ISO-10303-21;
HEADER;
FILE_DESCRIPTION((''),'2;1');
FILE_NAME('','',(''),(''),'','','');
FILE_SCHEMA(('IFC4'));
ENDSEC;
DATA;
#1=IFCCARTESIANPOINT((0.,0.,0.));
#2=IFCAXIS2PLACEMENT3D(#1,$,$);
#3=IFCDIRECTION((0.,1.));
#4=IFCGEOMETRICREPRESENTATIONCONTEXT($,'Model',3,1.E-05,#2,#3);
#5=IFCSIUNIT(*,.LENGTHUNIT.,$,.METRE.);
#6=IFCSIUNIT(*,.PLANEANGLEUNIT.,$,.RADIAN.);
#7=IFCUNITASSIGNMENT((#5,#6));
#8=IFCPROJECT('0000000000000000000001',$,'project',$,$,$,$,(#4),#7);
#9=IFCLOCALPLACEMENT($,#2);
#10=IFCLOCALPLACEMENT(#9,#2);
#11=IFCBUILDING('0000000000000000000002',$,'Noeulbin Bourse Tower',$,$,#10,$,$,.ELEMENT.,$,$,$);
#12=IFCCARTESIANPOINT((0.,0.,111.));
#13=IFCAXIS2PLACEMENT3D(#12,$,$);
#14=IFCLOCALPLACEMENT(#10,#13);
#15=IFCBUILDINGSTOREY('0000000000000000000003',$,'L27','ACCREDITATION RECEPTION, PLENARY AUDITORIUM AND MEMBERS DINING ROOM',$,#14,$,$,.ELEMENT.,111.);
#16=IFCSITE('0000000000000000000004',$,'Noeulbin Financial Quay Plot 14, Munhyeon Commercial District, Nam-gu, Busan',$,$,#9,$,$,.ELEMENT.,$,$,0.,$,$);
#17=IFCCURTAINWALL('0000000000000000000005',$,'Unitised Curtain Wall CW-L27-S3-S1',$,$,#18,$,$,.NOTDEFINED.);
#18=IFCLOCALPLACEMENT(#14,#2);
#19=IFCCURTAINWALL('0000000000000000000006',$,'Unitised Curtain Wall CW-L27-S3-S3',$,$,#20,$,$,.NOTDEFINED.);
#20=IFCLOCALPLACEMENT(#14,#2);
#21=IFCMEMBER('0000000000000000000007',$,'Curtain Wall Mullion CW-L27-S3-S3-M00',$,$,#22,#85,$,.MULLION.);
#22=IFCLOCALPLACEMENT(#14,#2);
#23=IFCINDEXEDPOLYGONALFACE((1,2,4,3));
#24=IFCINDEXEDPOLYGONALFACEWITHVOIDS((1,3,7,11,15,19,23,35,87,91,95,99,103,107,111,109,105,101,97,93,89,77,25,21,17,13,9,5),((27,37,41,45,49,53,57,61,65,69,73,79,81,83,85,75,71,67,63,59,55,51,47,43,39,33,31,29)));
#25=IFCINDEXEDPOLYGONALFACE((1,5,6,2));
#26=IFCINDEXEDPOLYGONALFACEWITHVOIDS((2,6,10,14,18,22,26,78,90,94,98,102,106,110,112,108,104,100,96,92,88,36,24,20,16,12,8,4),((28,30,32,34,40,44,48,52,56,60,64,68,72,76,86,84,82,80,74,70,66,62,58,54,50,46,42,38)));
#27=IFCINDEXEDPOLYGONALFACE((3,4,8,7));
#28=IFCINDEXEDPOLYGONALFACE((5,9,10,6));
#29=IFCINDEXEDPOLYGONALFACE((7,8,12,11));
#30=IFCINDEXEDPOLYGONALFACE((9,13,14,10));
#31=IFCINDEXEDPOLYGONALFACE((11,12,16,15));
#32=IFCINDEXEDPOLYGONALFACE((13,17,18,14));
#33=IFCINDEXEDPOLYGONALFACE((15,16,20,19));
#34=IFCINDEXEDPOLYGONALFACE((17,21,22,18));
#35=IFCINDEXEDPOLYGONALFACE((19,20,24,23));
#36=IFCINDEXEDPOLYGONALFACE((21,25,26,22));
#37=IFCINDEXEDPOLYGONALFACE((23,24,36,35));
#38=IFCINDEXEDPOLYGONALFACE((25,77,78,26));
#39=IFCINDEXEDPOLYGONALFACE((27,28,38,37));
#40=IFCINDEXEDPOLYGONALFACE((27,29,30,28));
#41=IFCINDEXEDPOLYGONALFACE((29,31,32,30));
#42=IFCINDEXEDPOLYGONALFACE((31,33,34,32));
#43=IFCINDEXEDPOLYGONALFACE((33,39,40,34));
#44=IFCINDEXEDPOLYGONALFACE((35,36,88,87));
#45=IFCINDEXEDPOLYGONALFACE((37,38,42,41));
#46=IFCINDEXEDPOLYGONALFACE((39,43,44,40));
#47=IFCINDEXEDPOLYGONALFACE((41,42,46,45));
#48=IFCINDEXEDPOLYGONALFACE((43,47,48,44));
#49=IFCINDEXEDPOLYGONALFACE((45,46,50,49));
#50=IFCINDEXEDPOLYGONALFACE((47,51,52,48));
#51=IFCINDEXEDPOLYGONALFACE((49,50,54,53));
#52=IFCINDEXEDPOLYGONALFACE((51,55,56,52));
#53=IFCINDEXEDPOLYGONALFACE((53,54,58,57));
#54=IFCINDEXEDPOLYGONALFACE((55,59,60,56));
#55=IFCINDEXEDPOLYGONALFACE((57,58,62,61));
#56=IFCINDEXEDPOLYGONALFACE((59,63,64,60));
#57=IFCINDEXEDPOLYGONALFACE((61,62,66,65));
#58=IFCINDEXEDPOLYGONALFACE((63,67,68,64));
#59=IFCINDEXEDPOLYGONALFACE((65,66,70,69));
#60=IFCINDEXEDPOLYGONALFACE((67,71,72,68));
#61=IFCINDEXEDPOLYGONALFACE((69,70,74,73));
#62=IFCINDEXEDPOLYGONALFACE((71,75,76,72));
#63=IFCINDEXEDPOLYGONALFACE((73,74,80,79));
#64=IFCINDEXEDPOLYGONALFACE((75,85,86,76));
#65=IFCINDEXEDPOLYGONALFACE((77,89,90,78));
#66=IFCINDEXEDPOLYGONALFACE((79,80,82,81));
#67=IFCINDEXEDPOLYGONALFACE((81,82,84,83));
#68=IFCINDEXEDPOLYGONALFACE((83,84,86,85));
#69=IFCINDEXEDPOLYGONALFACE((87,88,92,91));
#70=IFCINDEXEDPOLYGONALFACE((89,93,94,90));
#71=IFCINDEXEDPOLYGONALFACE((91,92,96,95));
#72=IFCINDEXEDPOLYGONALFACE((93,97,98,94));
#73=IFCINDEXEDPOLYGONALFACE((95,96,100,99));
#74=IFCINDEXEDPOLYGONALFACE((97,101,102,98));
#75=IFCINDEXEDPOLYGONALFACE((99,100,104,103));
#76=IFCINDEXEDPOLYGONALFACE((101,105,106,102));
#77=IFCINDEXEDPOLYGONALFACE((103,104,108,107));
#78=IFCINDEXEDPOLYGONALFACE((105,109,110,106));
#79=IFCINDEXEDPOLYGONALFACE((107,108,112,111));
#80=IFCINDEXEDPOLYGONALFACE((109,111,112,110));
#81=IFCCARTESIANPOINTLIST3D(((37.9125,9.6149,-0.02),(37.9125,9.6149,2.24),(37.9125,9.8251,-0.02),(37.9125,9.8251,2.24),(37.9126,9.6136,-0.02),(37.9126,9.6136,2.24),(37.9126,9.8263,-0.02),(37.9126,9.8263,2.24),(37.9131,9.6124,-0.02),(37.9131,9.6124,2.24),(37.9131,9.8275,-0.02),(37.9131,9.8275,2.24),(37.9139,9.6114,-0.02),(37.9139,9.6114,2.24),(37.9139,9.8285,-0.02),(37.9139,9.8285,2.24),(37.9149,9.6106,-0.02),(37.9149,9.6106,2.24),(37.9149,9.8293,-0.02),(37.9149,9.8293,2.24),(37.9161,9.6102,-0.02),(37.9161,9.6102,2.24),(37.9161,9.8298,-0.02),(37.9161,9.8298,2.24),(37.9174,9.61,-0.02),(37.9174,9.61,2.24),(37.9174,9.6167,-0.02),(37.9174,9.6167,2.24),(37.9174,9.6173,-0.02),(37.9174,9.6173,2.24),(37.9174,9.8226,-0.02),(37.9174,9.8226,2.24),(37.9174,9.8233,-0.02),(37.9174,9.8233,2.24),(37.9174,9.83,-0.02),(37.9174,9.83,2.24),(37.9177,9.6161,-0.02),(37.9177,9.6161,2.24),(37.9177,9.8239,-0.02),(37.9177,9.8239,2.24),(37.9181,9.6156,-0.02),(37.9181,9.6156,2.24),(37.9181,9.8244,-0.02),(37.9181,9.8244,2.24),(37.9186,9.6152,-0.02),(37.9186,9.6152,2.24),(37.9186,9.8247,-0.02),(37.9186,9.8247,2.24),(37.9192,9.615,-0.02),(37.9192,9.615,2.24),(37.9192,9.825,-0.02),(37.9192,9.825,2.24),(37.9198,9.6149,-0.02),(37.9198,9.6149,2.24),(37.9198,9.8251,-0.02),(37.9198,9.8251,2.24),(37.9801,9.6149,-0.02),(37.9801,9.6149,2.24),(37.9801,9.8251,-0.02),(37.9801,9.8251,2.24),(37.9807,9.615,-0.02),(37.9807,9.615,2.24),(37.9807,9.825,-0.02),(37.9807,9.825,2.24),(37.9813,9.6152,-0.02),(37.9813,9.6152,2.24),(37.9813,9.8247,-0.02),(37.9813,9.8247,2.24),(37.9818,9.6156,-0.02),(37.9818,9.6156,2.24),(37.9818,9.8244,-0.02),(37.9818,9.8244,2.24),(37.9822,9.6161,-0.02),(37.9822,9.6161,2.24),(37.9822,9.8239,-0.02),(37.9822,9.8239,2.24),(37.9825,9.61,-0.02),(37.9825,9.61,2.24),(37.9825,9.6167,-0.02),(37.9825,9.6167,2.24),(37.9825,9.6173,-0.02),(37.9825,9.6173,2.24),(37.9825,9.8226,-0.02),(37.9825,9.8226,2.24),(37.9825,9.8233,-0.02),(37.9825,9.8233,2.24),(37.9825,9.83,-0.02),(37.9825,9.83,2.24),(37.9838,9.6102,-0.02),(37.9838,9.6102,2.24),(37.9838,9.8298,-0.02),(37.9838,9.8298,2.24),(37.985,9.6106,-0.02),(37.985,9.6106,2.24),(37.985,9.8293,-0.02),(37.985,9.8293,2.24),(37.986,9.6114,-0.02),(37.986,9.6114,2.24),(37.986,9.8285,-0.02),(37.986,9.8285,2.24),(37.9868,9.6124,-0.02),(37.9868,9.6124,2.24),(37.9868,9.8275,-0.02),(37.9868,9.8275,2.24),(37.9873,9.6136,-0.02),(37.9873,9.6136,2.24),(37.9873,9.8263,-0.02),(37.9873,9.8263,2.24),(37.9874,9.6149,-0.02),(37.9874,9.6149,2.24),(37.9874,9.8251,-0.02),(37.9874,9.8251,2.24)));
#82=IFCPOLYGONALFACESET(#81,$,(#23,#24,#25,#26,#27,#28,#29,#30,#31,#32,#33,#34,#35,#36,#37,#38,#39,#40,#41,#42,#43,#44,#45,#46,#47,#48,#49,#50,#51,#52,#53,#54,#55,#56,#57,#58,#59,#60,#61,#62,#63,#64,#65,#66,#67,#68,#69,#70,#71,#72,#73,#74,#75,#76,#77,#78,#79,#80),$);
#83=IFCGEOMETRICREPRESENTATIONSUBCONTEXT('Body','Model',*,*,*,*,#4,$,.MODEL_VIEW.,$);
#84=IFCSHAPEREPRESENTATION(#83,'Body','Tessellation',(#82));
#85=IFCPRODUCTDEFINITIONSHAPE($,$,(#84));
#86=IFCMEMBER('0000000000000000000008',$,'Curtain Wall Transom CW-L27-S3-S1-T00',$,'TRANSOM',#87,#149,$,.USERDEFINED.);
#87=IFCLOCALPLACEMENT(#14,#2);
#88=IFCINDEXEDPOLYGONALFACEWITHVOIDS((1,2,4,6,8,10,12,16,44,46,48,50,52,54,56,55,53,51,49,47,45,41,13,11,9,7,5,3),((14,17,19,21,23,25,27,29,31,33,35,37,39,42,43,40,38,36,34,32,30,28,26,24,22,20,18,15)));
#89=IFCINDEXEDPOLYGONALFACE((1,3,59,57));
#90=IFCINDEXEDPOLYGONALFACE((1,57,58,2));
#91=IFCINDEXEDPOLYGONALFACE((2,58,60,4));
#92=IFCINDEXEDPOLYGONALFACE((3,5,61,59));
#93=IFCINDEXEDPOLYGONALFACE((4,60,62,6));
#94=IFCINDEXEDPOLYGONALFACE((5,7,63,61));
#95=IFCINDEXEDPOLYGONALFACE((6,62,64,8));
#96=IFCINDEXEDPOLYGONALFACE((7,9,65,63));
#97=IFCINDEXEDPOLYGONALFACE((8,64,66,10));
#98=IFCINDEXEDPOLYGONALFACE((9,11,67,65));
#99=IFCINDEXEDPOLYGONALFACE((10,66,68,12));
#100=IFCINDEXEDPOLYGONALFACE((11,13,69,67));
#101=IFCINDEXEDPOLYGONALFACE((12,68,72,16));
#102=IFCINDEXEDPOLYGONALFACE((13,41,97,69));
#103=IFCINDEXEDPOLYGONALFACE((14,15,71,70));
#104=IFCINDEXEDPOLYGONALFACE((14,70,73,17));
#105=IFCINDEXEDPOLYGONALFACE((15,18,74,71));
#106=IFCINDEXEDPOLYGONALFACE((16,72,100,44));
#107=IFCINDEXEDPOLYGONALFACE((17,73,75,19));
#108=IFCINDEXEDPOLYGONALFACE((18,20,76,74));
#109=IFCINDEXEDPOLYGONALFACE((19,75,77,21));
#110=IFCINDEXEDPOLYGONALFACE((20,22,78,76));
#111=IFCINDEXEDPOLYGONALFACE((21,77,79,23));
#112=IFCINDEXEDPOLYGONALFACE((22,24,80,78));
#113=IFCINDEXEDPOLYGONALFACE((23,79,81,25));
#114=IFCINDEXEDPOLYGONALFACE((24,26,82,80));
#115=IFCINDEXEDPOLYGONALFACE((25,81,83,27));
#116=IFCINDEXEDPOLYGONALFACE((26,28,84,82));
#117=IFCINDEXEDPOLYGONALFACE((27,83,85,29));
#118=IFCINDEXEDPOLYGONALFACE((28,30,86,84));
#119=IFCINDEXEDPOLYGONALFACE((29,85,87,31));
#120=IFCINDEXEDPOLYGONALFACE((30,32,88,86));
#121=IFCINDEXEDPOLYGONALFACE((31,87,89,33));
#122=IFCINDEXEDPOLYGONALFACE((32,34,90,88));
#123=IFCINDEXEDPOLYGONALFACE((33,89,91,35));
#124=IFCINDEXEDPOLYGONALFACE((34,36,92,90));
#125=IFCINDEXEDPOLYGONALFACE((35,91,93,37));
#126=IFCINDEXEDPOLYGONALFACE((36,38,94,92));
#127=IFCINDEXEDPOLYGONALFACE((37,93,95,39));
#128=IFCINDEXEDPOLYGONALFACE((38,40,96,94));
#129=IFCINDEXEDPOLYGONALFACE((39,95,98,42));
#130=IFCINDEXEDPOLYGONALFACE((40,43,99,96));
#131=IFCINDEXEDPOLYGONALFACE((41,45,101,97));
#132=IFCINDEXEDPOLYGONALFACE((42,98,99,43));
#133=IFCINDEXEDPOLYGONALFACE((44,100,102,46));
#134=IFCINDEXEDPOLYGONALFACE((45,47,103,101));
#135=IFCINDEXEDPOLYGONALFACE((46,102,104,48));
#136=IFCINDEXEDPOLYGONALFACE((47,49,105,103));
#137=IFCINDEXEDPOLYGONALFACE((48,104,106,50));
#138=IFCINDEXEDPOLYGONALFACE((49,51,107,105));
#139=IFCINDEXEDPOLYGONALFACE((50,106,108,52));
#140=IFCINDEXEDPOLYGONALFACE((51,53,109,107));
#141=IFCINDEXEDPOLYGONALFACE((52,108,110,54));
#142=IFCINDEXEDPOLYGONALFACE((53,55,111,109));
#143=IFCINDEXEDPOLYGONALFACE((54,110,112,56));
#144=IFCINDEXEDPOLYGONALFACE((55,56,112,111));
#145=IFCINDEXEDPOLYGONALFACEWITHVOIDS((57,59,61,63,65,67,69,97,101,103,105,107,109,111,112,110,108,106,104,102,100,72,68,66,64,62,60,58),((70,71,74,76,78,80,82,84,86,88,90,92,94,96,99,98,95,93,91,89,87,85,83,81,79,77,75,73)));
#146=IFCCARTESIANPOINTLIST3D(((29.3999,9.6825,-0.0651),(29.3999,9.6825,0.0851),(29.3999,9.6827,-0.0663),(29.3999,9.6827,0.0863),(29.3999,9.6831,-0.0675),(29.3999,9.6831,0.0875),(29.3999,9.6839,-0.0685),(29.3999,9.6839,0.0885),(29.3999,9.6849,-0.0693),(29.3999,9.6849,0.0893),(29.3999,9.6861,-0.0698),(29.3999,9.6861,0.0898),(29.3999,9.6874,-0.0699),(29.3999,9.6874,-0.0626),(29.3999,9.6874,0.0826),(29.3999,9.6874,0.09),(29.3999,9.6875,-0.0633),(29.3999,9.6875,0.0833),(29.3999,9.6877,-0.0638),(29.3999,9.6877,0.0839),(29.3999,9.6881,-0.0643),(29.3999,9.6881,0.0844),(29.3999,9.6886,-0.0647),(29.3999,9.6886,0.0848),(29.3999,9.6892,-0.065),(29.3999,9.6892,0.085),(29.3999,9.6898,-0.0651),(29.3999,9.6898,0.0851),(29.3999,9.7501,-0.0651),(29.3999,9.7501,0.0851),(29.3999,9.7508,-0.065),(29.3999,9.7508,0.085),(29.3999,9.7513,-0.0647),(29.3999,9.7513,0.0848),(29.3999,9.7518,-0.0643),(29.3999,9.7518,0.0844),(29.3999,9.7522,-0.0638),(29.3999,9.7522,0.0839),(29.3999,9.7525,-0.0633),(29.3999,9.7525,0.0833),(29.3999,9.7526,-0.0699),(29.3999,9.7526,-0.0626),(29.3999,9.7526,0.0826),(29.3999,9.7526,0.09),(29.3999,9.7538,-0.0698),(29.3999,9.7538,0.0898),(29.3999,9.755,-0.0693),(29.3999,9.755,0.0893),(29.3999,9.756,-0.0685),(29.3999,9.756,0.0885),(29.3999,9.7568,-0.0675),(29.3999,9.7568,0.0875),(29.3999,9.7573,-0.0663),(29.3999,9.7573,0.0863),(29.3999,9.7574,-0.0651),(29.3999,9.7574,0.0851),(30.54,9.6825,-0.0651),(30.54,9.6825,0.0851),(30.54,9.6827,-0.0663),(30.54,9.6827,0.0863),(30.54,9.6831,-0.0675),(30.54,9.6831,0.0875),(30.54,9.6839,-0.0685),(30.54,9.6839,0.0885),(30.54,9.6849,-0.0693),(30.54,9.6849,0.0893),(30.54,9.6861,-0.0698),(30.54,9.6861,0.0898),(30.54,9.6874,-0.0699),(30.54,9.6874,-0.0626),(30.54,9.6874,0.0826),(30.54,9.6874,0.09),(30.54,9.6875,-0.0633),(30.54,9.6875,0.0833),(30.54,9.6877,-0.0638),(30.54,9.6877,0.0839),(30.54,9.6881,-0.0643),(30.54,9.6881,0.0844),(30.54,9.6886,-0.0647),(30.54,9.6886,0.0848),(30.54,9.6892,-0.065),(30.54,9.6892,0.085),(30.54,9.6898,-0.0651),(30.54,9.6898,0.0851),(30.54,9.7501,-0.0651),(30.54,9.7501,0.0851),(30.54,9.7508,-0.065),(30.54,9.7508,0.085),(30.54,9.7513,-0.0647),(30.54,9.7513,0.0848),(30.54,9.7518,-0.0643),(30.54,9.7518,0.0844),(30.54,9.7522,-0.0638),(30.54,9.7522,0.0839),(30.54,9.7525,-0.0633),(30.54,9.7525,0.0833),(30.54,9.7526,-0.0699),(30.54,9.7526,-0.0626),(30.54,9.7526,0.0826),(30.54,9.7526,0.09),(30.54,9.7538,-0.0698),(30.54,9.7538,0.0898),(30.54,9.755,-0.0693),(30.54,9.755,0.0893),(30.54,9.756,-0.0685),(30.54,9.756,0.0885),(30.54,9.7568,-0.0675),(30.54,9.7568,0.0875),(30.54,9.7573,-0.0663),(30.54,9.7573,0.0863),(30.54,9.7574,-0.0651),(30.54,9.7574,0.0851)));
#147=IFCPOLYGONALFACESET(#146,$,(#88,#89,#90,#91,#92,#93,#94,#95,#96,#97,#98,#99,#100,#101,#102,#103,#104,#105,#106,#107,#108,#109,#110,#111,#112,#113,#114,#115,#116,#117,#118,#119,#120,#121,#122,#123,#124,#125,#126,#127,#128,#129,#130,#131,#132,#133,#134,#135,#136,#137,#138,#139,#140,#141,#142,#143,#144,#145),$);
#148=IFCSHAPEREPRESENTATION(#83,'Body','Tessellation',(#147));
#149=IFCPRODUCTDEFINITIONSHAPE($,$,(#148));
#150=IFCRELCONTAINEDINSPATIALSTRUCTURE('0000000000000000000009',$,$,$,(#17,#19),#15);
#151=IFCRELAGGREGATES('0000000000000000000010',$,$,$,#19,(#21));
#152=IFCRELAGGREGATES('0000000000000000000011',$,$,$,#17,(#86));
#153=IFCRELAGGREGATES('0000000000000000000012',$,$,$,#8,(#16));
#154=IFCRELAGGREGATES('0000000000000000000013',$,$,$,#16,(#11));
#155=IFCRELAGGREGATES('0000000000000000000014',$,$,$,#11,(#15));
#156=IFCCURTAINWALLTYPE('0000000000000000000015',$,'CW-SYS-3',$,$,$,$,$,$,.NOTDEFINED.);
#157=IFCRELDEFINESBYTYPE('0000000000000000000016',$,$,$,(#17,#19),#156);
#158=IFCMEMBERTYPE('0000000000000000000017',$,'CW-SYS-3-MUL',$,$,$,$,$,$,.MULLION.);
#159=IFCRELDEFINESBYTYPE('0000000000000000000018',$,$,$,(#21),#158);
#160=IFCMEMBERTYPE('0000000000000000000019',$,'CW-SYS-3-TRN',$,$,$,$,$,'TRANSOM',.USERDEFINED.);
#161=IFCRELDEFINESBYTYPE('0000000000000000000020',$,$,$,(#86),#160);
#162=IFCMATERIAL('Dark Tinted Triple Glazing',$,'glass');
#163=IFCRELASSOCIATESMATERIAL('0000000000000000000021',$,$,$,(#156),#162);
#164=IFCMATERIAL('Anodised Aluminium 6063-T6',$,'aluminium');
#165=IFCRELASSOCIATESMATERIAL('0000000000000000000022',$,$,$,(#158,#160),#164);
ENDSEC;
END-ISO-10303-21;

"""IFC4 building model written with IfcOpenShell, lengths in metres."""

from ifc_helpers import new_model, si_unit, direction, frame, origin, origin_2d, place, context, subcontext, project, spatial, hollow_rectangle, extrude, material, material_profile, profile_set, type_object, element, aggregate, save


model = new_model("IFC4")

# Units and contexts
model_context = context("Model", 3, precision=1e-05, world=origin(), true_north=direction((0.0, 1.0)))
body_context = subcontext(model_context, "Body", "Model", "MODEL_VIEW")
ifc_project = project(units=[si_unit("LENGTHUNIT", "METRE"), si_unit("PLANEANGLEUNIT", "RADIAN")], contexts=[model_context])

# Site, building, storey
site_placement = place(None, origin())
site = spatial("IfcSite", under=ifc_project, at=site_placement, Name="Noeulbin Financial Quay Plot 14, Munhyeon Commercial District, Nam-gu, Busan", CompositionType="ELEMENT", RefElevation=0.0)
building_placement = place(site_placement, origin())
building = spatial("IfcBuilding", under=site, at=building_placement, Name="Noeulbin Bourse Tower", CompositionType="ELEMENT")
storey_placement = place(building_placement, frame((0.0, 0.0, 111.0)))
storey = spatial("IfcBuildingStorey", under=building, at=storey_placement, Name="L27", Description="ACCREDITATION RECEPTION, PLENARY AUDITORIUM AND MEMBERS DINING ROOM", CompositionType="ELEMENT", Elevation=111.0)

# Curtain wall
ifc_material_1 = material(Name="Dark Tinted Triple Glazing", Category="glass")
curtain_wall_type = type_object("IfcCurtainWallType", Name="CW-SYS-3", PredefinedType="NOTDEFINED", material=ifc_material_1)
curtain_wall_1_placement = place(storey_placement, origin())
curtain_wall_1 = element("IfcCurtainWall", 1, at=curtain_wall_1_placement, inside=storey, type_object=curtain_wall_type, Name="Unitised Curtain Wall CW-L27-S3-S1", PredefinedType="NOTDEFINED")
ifc_material_2 = material(Name="Anodised Aluminium 6063-T6", Category="aluminium")
ifc_material_profile_1 = material_profile(ifc_material_2, hollow_rectangle(XDim=0.075, YDim=0.22, WallThickness=0.0049, InnerFilletRadius=0.0024, OuterFilletRadius=0.0049, at=origin_2d()), Name="ALU-MULL-75x220x5", Category="LoadBearing")
ifc_profile_set_1 = profile_set([ifc_material_profile_1], Name="Anodised Aluminium 6063-T6")
member_type_1 = type_object("IfcMemberType", Name="CW-SYS-3-MUL", PredefinedType="MULLION", material=ifc_profile_set_1)

# Curtain wall, member
curtain_wall_2_placement = place(storey_placement, origin())
curtain_wall_2 = element("IfcCurtainWall", 2, at=curtain_wall_2_placement, inside=storey, type_object=curtain_wall_type, Name="Unitised Curtain Wall CW-L27-S3-S3", PredefinedType="NOTDEFINED")
member_1_placement = place(storey_placement, frame((37.95, 9.72, -0.02), z_axis=(0.0, 0.0, 1.0), x_axis=(1.0, 0.0, 0.0)))
member_1 = element("IfcMember", 3, at=member_1_placement, type_object=member_type_1, Name="Curtain Wall Mullion CW-L27-S3-S3-M00", PredefinedType="MULLION", context=body_context, shape_type="SweptSolid", body=[
    extrude(hollow_rectangle(XDim=0.075, YDim=0.22, WallThickness=0.0049, InnerFilletRadius=0.0024, OuterFilletRadius=0.0049, at=origin_2d()), origin(), (0.0, 0.0, 1.0), 2.26),
])

# Member
ifc_material_profile_2 = material_profile(ifc_material_2, hollow_rectangle(XDim=0.075, YDim=0.1599, WallThickness=0.0049, InnerFilletRadius=0.0024, OuterFilletRadius=0.0049, at=origin_2d()), Name="ALU-TRAN-75x160x5", Category="LoadBearing")
ifc_profile_set_2 = profile_set([ifc_material_profile_2], Name="Anodised Aluminium 6063-T6")
member_type_2 = type_object("IfcMemberType", Name="CW-SYS-3-TRN", ElementType="TRANSOM", PredefinedType="USERDEFINED", material=ifc_profile_set_2)
member_2_placement = place(storey_placement, frame((29.3999, 9.72, 0.01), z_axis=(1.0, 0.0, 0.0), x_axis=(0.0, 1.0, 0.0)))
member_2 = element("IfcMember", 4, at=member_2_placement, type_object=member_type_2, Name="Curtain Wall Transom CW-L27-S3-S1-T00", ObjectType="TRANSOM", PredefinedType="USERDEFINED", context=body_context, shape_type="SweptSolid", body=[
    extrude(hollow_rectangle(XDim=0.075, YDim=0.1599, WallThickness=0.0049, InnerFilletRadius=0.0024, OuterFilletRadius=0.0049, at=origin_2d()), origin(), (0.0, 0.0, 1.0), 1.1401),
])
aggregate(curtain_wall_2, [member_1])

aggregate(curtain_wall_1, [member_2])

save(model, "model.ifc")
